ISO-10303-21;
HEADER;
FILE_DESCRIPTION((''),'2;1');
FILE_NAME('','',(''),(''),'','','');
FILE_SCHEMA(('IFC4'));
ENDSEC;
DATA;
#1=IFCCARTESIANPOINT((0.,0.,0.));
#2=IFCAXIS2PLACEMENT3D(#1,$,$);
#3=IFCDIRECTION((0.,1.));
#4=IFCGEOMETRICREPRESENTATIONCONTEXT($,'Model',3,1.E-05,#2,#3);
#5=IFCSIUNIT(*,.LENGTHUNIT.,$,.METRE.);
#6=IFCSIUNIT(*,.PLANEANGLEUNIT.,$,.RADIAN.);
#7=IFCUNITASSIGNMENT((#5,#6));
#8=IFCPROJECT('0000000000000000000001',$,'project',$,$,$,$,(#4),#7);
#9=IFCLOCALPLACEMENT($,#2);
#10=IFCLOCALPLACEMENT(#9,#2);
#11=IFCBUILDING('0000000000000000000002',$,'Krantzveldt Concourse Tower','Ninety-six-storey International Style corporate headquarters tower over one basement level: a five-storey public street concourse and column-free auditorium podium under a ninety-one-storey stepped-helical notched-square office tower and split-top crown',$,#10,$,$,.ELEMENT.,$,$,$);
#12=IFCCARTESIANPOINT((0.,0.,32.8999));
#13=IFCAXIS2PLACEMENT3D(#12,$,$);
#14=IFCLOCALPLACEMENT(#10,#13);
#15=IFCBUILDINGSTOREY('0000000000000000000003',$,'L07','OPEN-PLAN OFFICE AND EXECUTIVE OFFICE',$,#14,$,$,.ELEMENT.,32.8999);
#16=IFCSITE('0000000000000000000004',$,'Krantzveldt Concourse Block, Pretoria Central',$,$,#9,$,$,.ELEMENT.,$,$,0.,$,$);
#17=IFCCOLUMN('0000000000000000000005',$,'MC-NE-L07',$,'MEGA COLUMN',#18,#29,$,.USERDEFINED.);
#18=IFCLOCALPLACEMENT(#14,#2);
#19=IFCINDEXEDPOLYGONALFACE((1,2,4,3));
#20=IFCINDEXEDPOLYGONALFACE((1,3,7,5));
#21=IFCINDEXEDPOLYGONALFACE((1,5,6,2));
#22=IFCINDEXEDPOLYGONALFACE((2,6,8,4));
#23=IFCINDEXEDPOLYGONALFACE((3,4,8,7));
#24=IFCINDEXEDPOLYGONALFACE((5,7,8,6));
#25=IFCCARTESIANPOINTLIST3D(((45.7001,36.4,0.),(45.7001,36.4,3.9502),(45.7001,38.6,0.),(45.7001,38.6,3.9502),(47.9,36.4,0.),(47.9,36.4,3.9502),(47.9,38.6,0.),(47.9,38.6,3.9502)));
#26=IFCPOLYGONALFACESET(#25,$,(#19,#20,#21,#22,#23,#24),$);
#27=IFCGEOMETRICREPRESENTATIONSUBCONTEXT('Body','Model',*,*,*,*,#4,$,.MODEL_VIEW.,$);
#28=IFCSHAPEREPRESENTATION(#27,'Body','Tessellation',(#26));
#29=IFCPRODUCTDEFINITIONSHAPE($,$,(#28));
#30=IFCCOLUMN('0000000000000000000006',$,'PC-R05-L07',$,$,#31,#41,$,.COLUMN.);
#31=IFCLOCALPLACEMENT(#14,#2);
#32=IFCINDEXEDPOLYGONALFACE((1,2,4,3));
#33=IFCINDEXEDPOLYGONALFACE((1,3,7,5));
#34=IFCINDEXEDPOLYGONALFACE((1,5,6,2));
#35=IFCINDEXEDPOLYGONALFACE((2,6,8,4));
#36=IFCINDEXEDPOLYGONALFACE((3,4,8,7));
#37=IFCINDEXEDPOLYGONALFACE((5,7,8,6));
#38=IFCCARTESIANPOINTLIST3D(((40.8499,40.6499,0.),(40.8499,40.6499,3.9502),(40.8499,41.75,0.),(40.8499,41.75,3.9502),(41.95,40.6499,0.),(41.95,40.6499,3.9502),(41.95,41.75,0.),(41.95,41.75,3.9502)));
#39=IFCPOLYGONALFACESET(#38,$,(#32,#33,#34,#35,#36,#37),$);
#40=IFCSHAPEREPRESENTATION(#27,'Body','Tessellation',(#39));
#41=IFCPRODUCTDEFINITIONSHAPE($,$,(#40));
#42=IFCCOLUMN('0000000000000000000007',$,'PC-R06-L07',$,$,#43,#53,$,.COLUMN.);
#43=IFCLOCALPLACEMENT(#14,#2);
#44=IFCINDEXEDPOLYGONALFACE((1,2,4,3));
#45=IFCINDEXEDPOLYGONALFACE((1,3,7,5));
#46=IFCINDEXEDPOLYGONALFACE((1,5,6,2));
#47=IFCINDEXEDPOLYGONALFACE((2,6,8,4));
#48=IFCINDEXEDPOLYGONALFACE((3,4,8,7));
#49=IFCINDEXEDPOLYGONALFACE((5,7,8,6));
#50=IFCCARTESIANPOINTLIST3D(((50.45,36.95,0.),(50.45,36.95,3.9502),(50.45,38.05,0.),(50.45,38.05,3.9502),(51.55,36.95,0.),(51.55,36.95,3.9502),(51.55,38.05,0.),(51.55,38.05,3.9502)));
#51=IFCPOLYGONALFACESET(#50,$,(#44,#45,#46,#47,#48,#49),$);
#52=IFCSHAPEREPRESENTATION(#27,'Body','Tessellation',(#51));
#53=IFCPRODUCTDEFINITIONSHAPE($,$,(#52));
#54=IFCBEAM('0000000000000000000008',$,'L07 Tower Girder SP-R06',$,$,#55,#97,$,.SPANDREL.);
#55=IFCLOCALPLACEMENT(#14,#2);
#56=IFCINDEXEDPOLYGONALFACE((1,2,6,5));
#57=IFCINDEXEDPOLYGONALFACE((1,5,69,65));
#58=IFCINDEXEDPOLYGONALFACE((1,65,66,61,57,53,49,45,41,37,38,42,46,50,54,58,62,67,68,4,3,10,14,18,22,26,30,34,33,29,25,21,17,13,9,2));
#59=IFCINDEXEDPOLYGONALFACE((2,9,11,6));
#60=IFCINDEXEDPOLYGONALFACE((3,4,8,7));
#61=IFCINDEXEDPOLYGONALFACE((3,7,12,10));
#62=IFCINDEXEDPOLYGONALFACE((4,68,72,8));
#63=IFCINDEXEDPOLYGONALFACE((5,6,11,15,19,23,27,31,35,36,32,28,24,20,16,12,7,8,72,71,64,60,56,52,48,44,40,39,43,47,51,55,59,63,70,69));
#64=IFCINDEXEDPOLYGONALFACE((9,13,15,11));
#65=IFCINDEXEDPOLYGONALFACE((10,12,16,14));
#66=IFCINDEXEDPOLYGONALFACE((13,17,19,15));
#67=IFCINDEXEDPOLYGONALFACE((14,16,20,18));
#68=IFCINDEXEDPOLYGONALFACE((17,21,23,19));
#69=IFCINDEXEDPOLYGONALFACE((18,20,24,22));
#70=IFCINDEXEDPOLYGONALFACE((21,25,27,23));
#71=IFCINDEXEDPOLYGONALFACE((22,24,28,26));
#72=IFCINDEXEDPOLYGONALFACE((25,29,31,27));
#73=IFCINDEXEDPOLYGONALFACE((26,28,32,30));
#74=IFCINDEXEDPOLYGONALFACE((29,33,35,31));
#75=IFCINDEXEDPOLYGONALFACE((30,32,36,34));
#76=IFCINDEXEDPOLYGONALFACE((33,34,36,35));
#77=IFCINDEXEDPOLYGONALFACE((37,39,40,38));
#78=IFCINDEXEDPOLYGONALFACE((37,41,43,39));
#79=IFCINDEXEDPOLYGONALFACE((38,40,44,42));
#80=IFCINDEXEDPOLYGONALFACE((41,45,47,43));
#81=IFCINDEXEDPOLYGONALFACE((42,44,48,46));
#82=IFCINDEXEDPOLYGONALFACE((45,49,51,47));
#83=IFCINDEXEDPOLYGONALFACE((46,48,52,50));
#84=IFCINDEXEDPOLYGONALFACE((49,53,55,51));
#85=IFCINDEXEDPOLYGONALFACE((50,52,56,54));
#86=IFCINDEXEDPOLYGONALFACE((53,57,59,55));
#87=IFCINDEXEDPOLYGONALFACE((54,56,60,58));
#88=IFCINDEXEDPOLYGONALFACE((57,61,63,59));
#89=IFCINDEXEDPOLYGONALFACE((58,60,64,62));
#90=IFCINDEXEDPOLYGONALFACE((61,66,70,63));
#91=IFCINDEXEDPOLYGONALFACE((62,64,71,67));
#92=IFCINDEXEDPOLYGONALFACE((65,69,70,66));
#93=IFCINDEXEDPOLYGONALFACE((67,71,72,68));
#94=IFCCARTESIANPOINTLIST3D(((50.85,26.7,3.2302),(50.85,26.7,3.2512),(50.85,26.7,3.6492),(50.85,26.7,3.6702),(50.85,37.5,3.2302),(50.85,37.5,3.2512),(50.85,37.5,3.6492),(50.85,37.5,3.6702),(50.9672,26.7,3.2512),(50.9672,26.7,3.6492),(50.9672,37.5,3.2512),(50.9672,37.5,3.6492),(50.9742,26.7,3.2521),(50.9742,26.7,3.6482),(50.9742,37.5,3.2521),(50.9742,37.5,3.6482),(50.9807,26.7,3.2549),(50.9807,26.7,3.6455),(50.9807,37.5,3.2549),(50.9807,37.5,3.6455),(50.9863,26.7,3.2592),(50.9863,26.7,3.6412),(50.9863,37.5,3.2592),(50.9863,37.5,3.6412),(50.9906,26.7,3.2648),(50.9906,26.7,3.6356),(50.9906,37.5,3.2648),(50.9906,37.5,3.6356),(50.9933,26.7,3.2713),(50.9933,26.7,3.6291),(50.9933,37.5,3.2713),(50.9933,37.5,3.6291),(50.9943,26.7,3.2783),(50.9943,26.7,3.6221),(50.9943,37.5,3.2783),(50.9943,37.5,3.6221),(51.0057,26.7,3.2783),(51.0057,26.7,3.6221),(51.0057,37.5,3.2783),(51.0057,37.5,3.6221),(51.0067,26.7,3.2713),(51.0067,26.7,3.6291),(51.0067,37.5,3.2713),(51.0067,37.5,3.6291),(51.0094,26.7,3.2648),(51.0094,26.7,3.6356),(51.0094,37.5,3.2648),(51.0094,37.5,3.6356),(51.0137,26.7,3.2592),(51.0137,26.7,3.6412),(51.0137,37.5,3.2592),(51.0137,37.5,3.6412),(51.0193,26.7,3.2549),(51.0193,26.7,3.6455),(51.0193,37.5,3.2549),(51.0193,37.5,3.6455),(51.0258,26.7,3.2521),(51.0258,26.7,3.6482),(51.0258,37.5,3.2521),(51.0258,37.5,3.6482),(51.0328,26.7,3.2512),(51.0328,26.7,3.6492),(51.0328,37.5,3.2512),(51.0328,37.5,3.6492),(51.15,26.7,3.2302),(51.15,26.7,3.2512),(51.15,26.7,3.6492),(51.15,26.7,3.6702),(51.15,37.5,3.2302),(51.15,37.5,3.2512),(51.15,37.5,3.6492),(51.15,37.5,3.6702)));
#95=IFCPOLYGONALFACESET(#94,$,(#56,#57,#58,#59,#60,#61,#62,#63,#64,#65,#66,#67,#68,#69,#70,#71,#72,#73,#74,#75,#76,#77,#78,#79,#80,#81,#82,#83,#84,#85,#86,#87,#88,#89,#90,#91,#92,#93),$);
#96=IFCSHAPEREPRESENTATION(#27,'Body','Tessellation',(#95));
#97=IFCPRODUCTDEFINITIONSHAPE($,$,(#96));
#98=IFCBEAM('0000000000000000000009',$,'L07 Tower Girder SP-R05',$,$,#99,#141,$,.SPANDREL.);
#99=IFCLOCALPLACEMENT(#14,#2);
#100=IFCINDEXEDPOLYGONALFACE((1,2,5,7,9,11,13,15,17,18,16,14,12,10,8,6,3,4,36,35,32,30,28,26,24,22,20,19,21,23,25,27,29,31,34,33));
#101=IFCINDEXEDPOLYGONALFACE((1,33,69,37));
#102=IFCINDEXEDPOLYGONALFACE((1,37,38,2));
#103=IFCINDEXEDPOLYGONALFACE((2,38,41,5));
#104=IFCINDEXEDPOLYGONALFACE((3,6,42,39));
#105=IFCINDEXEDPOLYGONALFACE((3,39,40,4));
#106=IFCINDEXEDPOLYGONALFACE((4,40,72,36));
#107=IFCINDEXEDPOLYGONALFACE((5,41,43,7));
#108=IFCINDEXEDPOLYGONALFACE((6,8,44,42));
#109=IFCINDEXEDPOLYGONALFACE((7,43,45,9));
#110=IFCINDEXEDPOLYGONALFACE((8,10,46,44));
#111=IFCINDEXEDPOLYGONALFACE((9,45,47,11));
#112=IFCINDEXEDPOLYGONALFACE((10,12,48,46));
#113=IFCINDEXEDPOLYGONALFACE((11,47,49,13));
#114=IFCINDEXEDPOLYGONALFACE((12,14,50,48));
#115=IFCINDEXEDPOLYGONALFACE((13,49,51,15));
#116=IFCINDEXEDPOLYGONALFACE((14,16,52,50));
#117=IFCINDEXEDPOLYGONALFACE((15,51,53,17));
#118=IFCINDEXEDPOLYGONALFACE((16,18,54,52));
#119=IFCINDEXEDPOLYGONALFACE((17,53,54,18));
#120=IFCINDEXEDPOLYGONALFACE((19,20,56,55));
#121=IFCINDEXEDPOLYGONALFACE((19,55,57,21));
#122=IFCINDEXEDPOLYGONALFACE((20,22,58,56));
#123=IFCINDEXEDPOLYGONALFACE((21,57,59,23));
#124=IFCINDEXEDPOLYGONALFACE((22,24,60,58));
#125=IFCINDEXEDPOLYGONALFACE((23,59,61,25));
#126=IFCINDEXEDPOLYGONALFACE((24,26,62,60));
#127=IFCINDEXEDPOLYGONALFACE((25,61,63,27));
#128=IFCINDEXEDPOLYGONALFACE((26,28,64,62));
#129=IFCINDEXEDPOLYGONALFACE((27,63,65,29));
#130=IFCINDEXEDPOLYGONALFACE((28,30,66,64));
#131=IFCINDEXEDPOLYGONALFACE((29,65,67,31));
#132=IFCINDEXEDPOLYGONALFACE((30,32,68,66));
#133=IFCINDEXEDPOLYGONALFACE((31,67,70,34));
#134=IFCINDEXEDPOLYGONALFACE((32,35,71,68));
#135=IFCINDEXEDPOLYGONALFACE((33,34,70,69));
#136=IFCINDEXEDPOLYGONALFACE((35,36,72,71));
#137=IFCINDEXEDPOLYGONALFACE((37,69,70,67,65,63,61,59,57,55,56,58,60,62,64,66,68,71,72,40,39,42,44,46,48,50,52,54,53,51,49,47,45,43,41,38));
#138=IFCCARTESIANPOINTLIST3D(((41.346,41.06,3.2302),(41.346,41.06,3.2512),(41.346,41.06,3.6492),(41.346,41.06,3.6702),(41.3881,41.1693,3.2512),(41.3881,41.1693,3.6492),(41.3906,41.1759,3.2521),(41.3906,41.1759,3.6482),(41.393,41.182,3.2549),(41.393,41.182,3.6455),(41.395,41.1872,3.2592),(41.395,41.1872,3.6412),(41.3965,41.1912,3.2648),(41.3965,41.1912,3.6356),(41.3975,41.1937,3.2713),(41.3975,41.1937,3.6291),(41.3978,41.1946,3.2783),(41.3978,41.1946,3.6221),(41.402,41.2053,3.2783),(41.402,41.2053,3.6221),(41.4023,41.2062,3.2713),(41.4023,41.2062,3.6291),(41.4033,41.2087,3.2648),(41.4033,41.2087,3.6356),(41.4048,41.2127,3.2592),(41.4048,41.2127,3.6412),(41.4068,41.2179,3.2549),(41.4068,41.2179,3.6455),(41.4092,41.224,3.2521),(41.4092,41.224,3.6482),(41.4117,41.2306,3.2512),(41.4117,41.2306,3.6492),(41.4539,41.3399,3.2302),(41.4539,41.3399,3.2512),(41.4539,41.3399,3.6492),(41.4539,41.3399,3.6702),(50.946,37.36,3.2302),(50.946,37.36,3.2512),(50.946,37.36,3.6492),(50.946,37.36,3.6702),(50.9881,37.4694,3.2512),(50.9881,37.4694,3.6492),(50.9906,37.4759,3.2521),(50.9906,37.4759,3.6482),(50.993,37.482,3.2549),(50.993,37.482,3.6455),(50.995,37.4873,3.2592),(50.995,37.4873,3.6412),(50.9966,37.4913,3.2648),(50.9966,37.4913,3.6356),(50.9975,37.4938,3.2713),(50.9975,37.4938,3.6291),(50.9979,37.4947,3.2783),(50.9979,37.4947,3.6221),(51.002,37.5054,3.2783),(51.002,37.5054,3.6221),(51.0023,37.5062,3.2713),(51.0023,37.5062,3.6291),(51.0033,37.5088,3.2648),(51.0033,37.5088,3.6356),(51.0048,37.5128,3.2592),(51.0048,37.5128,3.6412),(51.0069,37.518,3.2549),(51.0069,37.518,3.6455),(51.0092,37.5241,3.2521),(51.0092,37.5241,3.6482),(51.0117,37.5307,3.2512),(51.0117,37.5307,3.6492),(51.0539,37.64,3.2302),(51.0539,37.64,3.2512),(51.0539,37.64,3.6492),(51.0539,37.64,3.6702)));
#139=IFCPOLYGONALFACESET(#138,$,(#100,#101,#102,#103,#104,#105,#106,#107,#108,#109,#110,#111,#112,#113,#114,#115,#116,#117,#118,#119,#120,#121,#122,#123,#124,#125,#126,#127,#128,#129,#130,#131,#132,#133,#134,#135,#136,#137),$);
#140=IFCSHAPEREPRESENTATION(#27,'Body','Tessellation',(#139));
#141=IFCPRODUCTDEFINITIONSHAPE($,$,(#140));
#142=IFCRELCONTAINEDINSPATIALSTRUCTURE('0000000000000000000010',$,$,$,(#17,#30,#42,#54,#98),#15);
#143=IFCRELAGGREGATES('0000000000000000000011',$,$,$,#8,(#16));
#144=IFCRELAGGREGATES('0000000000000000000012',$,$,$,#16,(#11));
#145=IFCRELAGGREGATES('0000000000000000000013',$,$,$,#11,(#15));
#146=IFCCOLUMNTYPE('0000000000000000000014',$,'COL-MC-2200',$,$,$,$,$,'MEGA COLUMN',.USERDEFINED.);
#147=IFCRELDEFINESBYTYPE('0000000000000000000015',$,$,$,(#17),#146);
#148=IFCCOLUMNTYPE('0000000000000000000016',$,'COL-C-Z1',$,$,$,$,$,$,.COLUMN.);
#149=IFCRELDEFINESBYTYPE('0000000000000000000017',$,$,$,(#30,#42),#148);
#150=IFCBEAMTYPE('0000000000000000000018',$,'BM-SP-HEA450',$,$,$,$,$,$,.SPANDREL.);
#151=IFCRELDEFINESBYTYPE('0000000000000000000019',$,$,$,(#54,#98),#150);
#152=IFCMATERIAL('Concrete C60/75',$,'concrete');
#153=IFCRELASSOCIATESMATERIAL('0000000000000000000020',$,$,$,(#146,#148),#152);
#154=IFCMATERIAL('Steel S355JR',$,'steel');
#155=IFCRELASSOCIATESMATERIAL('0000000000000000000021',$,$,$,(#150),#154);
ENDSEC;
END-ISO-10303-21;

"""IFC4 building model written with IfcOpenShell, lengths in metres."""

from ifc_helpers import new_model, si_unit, direction, frame, origin, origin_2d, place, context, subcontext, project, spatial, rectangle, i_section, extrude, source, transform, mapped, material, material_profile, profile_set, type_object, type_shapes, element, save


model = new_model("IFC4")

# Units and contexts
model_context = context("Model", 3, precision=1e-05, world=origin(), true_north=direction((0.0, 1.0)))
body_context = subcontext(model_context, "Body", "Model", "MODEL_VIEW")
ifc_project = project(units=[si_unit("LENGTHUNIT", "METRE"), si_unit("PLANEANGLEUNIT", "RADIAN")], contexts=[model_context])

# Site, building, storey
site_placement = place(None, origin())
site = spatial("IfcSite", under=ifc_project, at=site_placement, Name="Krantzveldt Concourse Block, Pretoria Central", CompositionType="ELEMENT", RefElevation=0.0)
building_placement = place(site_placement, origin())
building = spatial("IfcBuilding", under=site, at=building_placement, Name="Krantzveldt Concourse Tower", Description="Ninety-six-storey International Style corporate headquarters tower over one basement level: a five-storey public street concourse and column-free auditorium podium under a ninety-one-storey stepped-helical notched-square office tower and split-top crown", CompositionType="ELEMENT")
storey_placement = place(building_placement, frame((0.0, 0.0, 32.8999)))
storey = spatial("IfcBuildingStorey", under=building, at=storey_placement, Name="L07", Description="OPEN-PLAN OFFICE AND EXECUTIVE OFFICE", CompositionType="ELEMENT", Elevation=32.8999)

# Columns
ifc_material_1 = material(Name="Concrete C60/75", Category="concrete")
ifc_material_profile_1 = material_profile(ifc_material_1, rectangle(XDim=2.2, YDim=2.2, at=origin_2d()), Name="Concrete C60/75", Category="concrete")
ifc_profile_set_1 = profile_set([ifc_material_profile_1], Name="Concrete C60/75 - RC 2200x2200")
column_type_1 = type_object("IfcColumnType", Name="COL-MC-2200", ElementType="MEGA COLUMN", PredefinedType="USERDEFINED", material=ifc_profile_set_1)
shared_shape_1 = source(origin(), body_context, "Body", "SweptSolid", [
    extrude(rectangle(XDim=2.2, YDim=2.2, at=origin_2d()), origin(), (0.0, 0.0, 1.0), 3.9502),
])
type_shapes(column_type_1, [shared_shape_1])
column_placement = place(storey_placement, frame((46.8, 37.5, 0.0), z_axis=(0.0, 0.0, 1.0), x_axis=(1.0, 0.0, 0.0)))
element("IfcColumn", 1, at=column_placement, inside=storey, type_object=column_type_1, Name="MC-NE-L07", ObjectType="MEGA COLUMN", PredefinedType="USERDEFINED", context=body_context, shape_type="MappedRepresentation", body=[
    mapped(shared_shape_1, transform((0.0, 0.0, 0.0), x_axis=(1.0, 0.0, 0.0), y_axis=(0.0, 1.0, 0.0), z_axis=(0.0, 0.0, 1.0), scale=1.0)),
])
ifc_material_profile_2 = material_profile(ifc_material_1, rectangle(XDim=1.1001, YDim=1.1001, at=origin_2d()), Name="Concrete C60/75", Category="concrete")
ifc_profile_set_2 = profile_set([ifc_material_profile_2], Name="Concrete C60/75 - RC 1100x1100")
column_type_2 = type_object("IfcColumnType", Name="COL-C-Z1", PredefinedType="COLUMN", material=ifc_profile_set_2)
shared_shape_2 = source(origin(), body_context, "Body", "SweptSolid", [
    extrude(rectangle(XDim=1.1001, YDim=1.1001, at=origin_2d()), origin(), (0.0, 0.0, 1.0), 3.9502),
])
type_shapes(column_type_2, [shared_shape_2])
for number, where, z_axis, x_axis, name in (
    (2, (41.3999, 41.2, 0.0), (0.0, 0.0, 1.0), (1.0, 0.0, 0.0), "PC-R05-L07"),
    (3, (51.0, 37.5, 0.0), (0.0, 0.0, 1.0), (1.0, 0.0, 0.0), "PC-R06-L07"),
):
    element("IfcColumn", number, at=place(storey_placement, frame(where, z_axis=z_axis, x_axis=x_axis)), inside=storey, type_object=column_type_2, Name=name, PredefinedType="COLUMN", context=body_context, shape_type="MappedRepresentation", body=[
        mapped(shared_shape_2, transform((0.0, 0.0, 0.0), x_axis=(1.0, 0.0, 0.0), y_axis=(0.0, 1.0, 0.0), z_axis=(0.0, 0.0, 1.0), scale=1.0)),
    ])

# Beams
ifc_material_2 = material(Name="Steel S355JR", Category="steel")
ifc_material_profile_3 = material_profile(ifc_material_2, i_section(OverallWidth=0.3, OverallDepth=0.4399, WebThickness=0.0115, FlangeThickness=0.021, FilletRadius=0.0271, at=origin_2d()), Name="Steel S355JR", Category="steel")
ifc_profile_set_3 = profile_set([ifc_material_profile_3], Name="Steel S355JR - HEA 450")
beam_type_1 = type_object("IfcBeamType", Name="BM-SP-HEA450", PredefinedType="SPANDREL", material=ifc_profile_set_3)
shared_shape_3 = source(origin(), body_context, "Body", "SweptSolid", [
    extrude(i_section(OverallWidth=0.3, OverallDepth=0.4399, WebThickness=0.0115, FlangeThickness=0.021, FilletRadius=0.0271, at=origin_2d()), origin(), (0.0, 0.0, 1.0), 10.8),
])
beam_1_placement = place(storey_placement, frame((51.0, 37.5, 3.4502), z_axis=(0.0, -1.0, 0.0), x_axis=(1.0, 0.0, 0.0)))
element("IfcBeam", 4, at=beam_1_placement, inside=storey, type_object=beam_type_1, Name="L07 Tower Girder SP-R06", PredefinedType="SPANDREL", context=body_context, shape_type="MappedRepresentation", body=[
    mapped(shared_shape_3, transform((0.0, 0.0, 0.0), x_axis=(1.0, 0.0, 0.0), y_axis=(0.0, 1.0, 0.0), z_axis=(0.0, 0.0, 1.0), scale=1.0)),
])
shared_shape_4 = source(origin(), body_context, "Body", "SweptSolid", [
    extrude(i_section(OverallWidth=0.3, OverallDepth=0.4399, WebThickness=0.0115, FlangeThickness=0.021, FilletRadius=0.0271, at=origin_2d()), origin(), (0.0, 0.0, 1.0), 10.2883),
])
type_shapes(beam_type_1, [shared_shape_3, shared_shape_4])
beam_2_placement = place(storey_placement, frame((41.3999, 41.2, 3.4502), z_axis=(0.933098, -0.359623, 0.0), x_axis=(0.359623, 0.933098, 0.0)))
element("IfcBeam", 5, at=beam_2_placement, inside=storey, type_object=beam_type_1, Name="L07 Tower Girder SP-R05", PredefinedType="SPANDREL", context=body_context, shape_type="MappedRepresentation", body=[
    mapped(shared_shape_4, transform((0.0, 0.0, 0.0), x_axis=(1.0, 0.0, 0.0), y_axis=(0.0, 1.0, 0.0), z_axis=(0.0, 0.0, 1.0), scale=1.0)),
])

save(model, "model.ifc")
